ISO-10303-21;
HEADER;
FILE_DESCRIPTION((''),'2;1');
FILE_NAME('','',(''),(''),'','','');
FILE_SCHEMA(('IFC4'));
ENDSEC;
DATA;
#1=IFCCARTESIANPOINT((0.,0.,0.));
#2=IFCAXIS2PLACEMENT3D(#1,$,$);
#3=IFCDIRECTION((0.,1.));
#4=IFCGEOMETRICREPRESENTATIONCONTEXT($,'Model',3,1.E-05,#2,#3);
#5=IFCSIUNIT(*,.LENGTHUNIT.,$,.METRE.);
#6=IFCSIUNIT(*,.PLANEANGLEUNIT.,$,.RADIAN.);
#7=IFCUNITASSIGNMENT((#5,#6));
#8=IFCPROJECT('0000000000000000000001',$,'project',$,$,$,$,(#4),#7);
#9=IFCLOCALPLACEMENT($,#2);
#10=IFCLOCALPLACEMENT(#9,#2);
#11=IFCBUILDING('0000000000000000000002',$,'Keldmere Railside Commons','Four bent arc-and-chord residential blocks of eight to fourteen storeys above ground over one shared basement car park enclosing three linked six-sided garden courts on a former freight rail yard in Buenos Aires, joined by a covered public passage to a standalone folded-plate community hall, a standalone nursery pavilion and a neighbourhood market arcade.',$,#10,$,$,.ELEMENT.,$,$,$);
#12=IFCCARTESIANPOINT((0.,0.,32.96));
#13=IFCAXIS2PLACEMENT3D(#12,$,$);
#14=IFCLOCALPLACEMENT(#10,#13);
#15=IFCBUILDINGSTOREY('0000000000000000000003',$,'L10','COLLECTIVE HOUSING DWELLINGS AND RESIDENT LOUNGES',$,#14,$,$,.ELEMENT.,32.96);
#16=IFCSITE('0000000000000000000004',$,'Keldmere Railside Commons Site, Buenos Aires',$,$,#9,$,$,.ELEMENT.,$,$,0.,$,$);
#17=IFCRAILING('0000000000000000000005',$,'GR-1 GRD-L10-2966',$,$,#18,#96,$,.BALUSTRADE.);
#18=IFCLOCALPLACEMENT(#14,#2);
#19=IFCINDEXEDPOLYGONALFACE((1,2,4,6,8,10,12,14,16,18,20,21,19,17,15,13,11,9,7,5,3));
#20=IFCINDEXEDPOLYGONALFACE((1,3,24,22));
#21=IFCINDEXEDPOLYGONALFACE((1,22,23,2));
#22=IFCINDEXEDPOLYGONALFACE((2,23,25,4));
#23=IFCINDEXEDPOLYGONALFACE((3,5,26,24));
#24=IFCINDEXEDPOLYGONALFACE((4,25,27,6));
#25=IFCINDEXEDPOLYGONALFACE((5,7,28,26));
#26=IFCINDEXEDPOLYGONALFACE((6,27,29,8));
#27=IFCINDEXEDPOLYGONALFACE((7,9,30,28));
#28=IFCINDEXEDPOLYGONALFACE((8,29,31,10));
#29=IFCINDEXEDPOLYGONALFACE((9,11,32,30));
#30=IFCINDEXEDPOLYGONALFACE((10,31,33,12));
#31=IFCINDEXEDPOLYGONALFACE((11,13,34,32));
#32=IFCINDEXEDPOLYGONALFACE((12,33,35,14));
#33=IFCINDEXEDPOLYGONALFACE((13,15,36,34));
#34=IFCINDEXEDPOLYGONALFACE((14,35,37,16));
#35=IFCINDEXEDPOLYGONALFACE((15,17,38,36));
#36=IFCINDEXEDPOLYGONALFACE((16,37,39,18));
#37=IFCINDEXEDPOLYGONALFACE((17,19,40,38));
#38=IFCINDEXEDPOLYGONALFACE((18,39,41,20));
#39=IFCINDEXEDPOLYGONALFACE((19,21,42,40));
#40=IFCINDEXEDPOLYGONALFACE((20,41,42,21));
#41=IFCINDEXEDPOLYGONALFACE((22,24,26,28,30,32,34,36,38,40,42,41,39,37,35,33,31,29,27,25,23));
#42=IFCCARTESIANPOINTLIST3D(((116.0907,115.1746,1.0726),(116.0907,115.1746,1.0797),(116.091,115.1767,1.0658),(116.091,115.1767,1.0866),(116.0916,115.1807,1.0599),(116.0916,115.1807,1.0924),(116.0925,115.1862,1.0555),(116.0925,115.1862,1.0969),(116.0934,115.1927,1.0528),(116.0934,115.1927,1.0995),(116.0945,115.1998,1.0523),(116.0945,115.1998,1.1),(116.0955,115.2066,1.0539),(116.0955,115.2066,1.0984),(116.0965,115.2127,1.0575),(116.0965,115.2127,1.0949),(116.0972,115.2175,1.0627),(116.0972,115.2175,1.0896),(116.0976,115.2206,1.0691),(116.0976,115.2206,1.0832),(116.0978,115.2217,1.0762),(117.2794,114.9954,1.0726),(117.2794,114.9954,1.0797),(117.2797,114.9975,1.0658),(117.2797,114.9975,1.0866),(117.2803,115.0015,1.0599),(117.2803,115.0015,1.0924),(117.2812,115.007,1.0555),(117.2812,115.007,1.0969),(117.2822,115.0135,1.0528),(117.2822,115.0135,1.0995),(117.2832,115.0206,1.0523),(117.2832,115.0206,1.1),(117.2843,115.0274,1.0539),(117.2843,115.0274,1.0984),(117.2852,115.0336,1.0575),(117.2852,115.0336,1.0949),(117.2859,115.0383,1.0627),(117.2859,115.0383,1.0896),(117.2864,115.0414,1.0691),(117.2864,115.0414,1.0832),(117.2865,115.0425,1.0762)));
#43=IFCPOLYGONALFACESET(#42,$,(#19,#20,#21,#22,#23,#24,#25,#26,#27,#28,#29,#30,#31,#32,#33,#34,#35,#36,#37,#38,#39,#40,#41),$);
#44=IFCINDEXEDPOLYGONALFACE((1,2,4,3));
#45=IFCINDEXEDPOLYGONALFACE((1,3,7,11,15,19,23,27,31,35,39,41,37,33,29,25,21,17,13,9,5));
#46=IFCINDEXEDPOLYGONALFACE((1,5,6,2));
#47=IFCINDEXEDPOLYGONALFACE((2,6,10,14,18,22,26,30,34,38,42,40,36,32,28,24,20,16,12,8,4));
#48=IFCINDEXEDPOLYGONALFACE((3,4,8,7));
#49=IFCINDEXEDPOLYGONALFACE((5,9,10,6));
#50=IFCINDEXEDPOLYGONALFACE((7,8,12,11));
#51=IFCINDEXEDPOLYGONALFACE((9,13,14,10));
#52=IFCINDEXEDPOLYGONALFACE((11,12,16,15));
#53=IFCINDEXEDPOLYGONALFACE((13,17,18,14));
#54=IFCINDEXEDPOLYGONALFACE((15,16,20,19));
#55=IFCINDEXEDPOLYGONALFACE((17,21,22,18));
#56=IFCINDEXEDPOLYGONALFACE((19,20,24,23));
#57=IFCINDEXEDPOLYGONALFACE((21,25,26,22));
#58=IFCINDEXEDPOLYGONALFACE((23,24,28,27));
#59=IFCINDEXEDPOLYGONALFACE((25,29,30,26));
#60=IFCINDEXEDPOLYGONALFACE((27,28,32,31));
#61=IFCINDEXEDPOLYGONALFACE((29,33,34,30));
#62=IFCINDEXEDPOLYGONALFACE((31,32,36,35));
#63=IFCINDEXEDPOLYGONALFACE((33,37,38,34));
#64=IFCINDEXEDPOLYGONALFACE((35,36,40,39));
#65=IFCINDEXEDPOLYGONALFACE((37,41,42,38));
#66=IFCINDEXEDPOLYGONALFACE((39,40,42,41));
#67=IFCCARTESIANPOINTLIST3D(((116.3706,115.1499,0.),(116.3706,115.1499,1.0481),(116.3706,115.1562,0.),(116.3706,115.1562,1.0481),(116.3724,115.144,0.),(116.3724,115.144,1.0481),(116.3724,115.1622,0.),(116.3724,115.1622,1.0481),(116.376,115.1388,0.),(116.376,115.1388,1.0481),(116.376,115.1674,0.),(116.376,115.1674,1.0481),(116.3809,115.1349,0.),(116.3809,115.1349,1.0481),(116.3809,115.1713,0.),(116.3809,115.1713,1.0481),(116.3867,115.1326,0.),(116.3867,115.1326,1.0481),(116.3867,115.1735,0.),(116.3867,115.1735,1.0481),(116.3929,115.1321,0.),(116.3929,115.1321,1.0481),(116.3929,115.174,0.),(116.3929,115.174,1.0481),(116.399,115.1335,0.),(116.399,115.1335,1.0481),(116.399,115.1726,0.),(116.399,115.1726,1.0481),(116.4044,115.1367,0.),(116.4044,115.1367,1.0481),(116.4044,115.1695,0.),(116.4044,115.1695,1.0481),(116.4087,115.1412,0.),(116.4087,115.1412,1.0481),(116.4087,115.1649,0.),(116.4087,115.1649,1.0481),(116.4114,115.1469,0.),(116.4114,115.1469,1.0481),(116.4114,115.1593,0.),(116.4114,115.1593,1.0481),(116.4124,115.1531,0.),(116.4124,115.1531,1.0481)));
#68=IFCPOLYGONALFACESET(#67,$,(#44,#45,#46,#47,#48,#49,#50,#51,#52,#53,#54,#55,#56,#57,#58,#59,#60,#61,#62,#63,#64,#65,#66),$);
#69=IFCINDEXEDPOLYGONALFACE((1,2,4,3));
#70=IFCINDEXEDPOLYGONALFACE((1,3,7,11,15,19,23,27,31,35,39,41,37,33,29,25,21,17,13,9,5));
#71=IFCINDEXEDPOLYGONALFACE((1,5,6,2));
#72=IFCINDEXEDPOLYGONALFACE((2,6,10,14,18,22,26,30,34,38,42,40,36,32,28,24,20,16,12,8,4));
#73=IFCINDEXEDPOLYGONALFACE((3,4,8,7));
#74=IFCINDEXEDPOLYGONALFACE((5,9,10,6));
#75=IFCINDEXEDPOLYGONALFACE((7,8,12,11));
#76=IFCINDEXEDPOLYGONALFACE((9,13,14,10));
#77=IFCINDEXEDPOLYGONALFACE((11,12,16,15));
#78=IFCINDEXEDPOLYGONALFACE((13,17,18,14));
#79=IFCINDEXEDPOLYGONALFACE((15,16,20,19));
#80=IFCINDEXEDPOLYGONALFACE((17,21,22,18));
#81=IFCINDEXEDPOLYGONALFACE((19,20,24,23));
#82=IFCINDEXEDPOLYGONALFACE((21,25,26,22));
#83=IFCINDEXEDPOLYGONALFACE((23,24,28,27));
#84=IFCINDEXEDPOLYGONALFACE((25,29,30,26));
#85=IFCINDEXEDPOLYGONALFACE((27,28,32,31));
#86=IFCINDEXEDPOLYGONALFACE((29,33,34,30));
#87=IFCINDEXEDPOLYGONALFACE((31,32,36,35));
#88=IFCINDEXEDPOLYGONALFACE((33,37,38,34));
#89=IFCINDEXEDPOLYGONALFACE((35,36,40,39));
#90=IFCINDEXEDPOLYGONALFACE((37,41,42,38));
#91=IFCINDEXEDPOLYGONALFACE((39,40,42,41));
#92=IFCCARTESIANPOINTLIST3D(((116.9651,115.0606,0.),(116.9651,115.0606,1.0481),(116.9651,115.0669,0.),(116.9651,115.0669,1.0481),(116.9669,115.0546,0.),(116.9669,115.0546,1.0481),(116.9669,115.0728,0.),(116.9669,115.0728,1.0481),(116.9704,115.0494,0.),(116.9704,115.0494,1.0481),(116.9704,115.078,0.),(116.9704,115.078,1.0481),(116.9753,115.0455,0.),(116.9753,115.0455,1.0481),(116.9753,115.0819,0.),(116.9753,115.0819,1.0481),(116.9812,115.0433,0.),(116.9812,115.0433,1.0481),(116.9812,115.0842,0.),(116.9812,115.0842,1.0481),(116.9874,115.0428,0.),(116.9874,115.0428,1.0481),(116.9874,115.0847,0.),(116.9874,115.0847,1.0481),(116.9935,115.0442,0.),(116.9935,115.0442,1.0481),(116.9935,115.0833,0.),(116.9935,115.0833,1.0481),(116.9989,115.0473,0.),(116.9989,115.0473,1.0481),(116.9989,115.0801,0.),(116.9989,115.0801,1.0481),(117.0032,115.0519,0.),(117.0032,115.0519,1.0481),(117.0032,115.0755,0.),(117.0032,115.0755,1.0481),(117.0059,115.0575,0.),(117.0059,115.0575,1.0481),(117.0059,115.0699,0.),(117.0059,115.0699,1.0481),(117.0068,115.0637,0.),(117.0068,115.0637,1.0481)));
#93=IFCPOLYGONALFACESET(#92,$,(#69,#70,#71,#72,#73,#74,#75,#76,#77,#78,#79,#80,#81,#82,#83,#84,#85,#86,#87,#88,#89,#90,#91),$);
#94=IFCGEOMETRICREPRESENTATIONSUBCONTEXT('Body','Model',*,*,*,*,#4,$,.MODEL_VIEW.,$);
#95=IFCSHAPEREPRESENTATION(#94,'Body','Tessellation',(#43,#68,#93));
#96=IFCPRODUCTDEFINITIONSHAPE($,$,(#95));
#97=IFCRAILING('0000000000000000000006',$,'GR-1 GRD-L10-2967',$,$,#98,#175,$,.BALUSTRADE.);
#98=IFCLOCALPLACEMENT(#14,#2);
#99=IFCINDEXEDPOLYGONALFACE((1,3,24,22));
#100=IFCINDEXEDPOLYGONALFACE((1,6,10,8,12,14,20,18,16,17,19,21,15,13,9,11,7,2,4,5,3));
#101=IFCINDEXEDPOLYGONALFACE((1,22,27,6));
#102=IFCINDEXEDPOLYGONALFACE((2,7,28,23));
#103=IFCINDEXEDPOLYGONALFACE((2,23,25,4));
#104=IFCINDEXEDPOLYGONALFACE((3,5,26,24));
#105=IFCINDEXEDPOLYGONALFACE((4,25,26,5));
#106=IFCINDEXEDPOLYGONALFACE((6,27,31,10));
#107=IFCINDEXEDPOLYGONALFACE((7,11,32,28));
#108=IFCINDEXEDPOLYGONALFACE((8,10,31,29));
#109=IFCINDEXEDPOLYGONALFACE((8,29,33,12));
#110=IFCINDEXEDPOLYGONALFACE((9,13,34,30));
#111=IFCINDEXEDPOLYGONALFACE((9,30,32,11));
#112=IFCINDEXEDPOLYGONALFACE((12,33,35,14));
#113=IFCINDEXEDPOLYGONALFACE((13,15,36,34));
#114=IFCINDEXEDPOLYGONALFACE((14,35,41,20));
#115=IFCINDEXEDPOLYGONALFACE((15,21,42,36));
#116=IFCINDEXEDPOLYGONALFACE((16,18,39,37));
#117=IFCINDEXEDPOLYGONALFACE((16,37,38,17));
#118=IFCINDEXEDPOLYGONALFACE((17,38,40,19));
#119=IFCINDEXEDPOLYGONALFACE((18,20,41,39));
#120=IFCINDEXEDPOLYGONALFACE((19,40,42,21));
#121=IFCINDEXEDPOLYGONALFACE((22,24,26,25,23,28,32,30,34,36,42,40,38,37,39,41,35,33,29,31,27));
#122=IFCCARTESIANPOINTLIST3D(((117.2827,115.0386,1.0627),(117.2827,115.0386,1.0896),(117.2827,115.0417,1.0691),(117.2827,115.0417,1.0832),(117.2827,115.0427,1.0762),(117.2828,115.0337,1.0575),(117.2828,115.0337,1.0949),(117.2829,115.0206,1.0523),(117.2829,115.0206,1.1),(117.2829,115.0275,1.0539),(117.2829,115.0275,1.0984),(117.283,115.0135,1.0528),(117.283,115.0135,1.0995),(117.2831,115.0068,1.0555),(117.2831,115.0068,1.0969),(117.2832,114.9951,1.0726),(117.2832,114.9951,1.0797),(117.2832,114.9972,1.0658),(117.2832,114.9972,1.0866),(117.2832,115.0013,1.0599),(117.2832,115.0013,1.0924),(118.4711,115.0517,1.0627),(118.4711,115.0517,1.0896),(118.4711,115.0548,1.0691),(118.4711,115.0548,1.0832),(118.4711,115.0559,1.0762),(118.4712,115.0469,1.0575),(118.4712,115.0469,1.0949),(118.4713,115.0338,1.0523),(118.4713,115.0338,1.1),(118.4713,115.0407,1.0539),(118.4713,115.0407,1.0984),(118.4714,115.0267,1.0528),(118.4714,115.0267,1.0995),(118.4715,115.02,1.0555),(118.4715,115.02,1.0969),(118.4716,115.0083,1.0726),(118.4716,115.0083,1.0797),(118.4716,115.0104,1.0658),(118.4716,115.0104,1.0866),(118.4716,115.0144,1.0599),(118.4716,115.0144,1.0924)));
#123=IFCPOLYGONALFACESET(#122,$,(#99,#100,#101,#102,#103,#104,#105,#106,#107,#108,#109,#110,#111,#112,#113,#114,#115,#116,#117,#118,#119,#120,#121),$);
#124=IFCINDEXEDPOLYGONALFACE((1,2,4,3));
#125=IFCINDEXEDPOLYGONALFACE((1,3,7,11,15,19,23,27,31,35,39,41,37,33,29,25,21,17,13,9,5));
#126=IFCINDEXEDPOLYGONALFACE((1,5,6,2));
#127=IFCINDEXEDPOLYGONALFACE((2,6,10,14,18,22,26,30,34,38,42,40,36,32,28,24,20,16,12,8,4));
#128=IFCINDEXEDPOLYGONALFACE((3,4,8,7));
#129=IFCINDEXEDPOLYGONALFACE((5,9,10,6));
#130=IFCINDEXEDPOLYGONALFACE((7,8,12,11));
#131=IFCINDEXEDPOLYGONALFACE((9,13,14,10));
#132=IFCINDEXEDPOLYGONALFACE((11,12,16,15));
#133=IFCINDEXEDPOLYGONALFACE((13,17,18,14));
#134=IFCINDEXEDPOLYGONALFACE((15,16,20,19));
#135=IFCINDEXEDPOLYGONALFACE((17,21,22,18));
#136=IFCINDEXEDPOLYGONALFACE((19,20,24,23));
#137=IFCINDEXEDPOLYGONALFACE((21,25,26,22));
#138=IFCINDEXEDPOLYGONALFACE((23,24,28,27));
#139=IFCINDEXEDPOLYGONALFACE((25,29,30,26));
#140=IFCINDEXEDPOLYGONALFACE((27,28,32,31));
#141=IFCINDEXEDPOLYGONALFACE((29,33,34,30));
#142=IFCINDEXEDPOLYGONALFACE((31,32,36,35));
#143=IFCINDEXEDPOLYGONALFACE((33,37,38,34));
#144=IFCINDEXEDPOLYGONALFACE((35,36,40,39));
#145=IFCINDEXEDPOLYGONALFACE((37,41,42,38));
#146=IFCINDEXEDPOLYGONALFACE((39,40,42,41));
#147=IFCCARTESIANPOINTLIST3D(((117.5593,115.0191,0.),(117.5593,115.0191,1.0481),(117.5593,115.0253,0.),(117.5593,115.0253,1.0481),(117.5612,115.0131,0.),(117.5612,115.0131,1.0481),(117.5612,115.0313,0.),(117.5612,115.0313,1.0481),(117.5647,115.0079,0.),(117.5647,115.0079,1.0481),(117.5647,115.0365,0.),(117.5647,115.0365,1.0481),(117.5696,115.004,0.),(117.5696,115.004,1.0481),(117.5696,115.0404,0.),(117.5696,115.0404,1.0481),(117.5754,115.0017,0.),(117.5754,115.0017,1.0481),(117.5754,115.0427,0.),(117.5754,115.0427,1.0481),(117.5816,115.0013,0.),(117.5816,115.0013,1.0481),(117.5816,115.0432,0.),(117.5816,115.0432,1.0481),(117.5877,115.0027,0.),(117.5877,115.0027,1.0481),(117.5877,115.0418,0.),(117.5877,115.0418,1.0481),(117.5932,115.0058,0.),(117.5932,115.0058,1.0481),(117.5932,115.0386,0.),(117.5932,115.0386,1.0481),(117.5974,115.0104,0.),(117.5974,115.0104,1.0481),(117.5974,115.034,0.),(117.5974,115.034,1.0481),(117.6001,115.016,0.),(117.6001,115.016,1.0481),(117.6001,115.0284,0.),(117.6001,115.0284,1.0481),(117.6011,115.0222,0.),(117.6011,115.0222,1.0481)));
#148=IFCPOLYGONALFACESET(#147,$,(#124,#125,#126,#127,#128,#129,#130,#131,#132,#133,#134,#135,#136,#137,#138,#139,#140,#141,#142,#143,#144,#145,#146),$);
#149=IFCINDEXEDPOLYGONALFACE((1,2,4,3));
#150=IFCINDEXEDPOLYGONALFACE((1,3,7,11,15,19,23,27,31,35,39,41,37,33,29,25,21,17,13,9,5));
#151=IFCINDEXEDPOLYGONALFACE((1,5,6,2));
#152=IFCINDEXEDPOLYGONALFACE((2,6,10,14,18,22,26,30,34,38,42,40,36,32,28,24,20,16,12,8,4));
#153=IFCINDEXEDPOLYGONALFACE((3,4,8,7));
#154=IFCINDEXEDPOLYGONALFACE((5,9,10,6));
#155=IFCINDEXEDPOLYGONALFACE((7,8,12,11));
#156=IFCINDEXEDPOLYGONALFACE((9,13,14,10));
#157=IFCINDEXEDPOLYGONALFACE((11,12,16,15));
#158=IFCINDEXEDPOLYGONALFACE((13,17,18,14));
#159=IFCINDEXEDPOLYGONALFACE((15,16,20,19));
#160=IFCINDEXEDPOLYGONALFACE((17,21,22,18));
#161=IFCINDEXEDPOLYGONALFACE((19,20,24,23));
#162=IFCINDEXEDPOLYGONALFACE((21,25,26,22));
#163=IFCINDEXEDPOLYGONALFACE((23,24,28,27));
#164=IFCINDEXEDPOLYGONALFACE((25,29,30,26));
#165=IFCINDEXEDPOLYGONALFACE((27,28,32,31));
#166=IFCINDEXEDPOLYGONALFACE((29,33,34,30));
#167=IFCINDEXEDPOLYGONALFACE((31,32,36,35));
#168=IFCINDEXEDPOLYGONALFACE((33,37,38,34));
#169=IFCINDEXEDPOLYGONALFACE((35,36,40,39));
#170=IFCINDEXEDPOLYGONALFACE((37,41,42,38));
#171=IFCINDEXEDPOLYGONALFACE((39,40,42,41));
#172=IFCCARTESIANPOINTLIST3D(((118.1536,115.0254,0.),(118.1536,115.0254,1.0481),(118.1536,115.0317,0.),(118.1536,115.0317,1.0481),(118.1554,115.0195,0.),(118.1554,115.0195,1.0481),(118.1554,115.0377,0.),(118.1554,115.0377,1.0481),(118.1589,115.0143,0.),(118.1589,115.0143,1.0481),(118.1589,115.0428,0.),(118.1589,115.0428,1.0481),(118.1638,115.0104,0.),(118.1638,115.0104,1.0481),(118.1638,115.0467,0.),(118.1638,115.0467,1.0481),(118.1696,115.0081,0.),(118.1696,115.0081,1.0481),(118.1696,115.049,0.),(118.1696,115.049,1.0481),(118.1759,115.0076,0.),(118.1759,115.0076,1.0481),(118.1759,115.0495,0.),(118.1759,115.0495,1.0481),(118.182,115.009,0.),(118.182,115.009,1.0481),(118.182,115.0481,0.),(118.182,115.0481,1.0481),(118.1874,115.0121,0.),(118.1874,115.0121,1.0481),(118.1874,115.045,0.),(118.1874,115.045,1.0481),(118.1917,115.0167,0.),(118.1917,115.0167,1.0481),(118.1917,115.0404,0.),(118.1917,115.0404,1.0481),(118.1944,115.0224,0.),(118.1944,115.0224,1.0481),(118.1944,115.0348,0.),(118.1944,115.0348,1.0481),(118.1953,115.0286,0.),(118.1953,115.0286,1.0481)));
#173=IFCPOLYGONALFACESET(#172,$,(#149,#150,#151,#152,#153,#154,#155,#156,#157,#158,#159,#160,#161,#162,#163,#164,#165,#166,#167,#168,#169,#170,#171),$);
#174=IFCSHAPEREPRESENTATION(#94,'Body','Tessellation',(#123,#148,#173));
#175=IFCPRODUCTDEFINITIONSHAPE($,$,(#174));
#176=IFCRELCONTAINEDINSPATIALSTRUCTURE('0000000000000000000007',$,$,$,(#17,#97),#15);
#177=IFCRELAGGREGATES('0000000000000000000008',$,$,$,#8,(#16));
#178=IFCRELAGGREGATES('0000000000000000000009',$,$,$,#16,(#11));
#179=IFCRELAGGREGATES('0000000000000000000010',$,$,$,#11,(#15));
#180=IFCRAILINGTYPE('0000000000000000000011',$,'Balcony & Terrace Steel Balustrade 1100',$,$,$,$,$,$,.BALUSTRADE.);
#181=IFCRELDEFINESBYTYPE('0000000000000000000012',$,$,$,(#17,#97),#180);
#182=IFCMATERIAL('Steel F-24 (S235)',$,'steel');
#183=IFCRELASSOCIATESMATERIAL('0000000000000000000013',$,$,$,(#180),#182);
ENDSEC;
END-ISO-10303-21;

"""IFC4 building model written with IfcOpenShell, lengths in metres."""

from ifc_helpers import new_model, si_unit, direction, frame, origin, origin_2d, place, context, subcontext, project, spatial, circle, extrude, material, type_object, element, save


model = new_model("IFC4")

# Units and contexts
model_context = context("Model", 3, precision=1e-05, world=origin(), true_north=direction((0.0, 1.0)))
body_context = subcontext(model_context, "Body", "Model", "MODEL_VIEW")
ifc_project = project(units=[si_unit("LENGTHUNIT", "METRE"), si_unit("PLANEANGLEUNIT", "RADIAN")], contexts=[model_context])

# Site, building, storey
site_placement = place(None, origin())
site = spatial("IfcSite", under=ifc_project, at=site_placement, Name="Keldmere Railside Commons Site, Buenos Aires", CompositionType="ELEMENT", RefElevation=0.0)
building_placement = place(site_placement, origin())
building = spatial("IfcBuilding", under=site, at=building_placement, Name="Keldmere Railside Commons", Description="Four bent arc-and-chord residential blocks of eight to fourteen storeys above ground over one shared basement car park enclosing three linked six-sided garden courts on a former freight rail yard in Buenos Aires, joined by a covered public passage to a standalone folded-plate community hall, a standalone nursery pavilion and a neighbourhood market arcade.", CompositionType="ELEMENT")
storey_placement = place(building_placement, frame((0.0, 0.0, 32.96)))
storey = spatial("IfcBuildingStorey", under=building, at=storey_placement, Name="L10", Description="COLLECTIVE HOUSING DWELLINGS AND RESIDENT LOUNGES", CompositionType="ELEMENT", Elevation=32.96)

# Railings
ifc_material_1 = material(Name="Steel F-24 (S235)", Category="steel")
railing_type = type_object("IfcRailingType", Name="Balcony & Terrace Steel Balustrade 1100", PredefinedType="BALUSTRADE", material=ifc_material_1)
railing_1_placement = place(storey_placement, frame((116.0942, 115.198, 0.0)))
element("IfcRailing", 1, at=railing_1_placement, inside=storey, type_object=railing_type, Name="GR-1 GRD-L10-2966", PredefinedType="BALUSTRADE", context=body_context, shape_type="SweptSolid", body=[
    extrude(circle(Radius=0.0239, at=origin_2d()), frame((0.0, 0.0, 1.0762), z_axis=(0.988827, -0.149065, 0.0), x_axis=(0.149065, 0.988827, 0.0)), (0.0, 0.0, 1.0), 1.2021),
    extrude(circle(Radius=0.021, at=origin_2d()), frame((0.2971, -0.0449, 0.0)), (0.0, 0.0, 1.0), 1.0481),
    extrude(circle(Radius=0.021, at=origin_2d()), frame((0.8916, -0.1343, 0.0)), (0.0, 0.0, 1.0), 1.0481),
])
railing_2_placement = place(storey_placement, frame((117.283, 115.0188, 0.0)))
element("IfcRailing", 2, at=railing_2_placement, inside=storey, type_object=railing_type, Name="GR-1 GRD-L10-2967", PredefinedType="BALUSTRADE", context=body_context, shape_type="SweptSolid", body=[
    extrude(circle(Radius=0.0239, at=origin_2d()), frame((0.0, 0.0, 1.0762), z_axis=(0.999938, 0.011092, 0.0), x_axis=(-0.011092, 0.999938, 0.0)), (0.0, 0.0, 1.0), 1.1885),
    extrude(circle(Radius=0.021, at=origin_2d()), frame((0.2971, 0.0034, 0.0)), (0.0, 0.0, 1.0), 1.0481),
    extrude(circle(Radius=0.021, at=origin_2d()), frame((0.8914, 0.0098, 0.0)), (0.0, 0.0, 1.0), 1.0481),
])

save(model, "model.ifc")
